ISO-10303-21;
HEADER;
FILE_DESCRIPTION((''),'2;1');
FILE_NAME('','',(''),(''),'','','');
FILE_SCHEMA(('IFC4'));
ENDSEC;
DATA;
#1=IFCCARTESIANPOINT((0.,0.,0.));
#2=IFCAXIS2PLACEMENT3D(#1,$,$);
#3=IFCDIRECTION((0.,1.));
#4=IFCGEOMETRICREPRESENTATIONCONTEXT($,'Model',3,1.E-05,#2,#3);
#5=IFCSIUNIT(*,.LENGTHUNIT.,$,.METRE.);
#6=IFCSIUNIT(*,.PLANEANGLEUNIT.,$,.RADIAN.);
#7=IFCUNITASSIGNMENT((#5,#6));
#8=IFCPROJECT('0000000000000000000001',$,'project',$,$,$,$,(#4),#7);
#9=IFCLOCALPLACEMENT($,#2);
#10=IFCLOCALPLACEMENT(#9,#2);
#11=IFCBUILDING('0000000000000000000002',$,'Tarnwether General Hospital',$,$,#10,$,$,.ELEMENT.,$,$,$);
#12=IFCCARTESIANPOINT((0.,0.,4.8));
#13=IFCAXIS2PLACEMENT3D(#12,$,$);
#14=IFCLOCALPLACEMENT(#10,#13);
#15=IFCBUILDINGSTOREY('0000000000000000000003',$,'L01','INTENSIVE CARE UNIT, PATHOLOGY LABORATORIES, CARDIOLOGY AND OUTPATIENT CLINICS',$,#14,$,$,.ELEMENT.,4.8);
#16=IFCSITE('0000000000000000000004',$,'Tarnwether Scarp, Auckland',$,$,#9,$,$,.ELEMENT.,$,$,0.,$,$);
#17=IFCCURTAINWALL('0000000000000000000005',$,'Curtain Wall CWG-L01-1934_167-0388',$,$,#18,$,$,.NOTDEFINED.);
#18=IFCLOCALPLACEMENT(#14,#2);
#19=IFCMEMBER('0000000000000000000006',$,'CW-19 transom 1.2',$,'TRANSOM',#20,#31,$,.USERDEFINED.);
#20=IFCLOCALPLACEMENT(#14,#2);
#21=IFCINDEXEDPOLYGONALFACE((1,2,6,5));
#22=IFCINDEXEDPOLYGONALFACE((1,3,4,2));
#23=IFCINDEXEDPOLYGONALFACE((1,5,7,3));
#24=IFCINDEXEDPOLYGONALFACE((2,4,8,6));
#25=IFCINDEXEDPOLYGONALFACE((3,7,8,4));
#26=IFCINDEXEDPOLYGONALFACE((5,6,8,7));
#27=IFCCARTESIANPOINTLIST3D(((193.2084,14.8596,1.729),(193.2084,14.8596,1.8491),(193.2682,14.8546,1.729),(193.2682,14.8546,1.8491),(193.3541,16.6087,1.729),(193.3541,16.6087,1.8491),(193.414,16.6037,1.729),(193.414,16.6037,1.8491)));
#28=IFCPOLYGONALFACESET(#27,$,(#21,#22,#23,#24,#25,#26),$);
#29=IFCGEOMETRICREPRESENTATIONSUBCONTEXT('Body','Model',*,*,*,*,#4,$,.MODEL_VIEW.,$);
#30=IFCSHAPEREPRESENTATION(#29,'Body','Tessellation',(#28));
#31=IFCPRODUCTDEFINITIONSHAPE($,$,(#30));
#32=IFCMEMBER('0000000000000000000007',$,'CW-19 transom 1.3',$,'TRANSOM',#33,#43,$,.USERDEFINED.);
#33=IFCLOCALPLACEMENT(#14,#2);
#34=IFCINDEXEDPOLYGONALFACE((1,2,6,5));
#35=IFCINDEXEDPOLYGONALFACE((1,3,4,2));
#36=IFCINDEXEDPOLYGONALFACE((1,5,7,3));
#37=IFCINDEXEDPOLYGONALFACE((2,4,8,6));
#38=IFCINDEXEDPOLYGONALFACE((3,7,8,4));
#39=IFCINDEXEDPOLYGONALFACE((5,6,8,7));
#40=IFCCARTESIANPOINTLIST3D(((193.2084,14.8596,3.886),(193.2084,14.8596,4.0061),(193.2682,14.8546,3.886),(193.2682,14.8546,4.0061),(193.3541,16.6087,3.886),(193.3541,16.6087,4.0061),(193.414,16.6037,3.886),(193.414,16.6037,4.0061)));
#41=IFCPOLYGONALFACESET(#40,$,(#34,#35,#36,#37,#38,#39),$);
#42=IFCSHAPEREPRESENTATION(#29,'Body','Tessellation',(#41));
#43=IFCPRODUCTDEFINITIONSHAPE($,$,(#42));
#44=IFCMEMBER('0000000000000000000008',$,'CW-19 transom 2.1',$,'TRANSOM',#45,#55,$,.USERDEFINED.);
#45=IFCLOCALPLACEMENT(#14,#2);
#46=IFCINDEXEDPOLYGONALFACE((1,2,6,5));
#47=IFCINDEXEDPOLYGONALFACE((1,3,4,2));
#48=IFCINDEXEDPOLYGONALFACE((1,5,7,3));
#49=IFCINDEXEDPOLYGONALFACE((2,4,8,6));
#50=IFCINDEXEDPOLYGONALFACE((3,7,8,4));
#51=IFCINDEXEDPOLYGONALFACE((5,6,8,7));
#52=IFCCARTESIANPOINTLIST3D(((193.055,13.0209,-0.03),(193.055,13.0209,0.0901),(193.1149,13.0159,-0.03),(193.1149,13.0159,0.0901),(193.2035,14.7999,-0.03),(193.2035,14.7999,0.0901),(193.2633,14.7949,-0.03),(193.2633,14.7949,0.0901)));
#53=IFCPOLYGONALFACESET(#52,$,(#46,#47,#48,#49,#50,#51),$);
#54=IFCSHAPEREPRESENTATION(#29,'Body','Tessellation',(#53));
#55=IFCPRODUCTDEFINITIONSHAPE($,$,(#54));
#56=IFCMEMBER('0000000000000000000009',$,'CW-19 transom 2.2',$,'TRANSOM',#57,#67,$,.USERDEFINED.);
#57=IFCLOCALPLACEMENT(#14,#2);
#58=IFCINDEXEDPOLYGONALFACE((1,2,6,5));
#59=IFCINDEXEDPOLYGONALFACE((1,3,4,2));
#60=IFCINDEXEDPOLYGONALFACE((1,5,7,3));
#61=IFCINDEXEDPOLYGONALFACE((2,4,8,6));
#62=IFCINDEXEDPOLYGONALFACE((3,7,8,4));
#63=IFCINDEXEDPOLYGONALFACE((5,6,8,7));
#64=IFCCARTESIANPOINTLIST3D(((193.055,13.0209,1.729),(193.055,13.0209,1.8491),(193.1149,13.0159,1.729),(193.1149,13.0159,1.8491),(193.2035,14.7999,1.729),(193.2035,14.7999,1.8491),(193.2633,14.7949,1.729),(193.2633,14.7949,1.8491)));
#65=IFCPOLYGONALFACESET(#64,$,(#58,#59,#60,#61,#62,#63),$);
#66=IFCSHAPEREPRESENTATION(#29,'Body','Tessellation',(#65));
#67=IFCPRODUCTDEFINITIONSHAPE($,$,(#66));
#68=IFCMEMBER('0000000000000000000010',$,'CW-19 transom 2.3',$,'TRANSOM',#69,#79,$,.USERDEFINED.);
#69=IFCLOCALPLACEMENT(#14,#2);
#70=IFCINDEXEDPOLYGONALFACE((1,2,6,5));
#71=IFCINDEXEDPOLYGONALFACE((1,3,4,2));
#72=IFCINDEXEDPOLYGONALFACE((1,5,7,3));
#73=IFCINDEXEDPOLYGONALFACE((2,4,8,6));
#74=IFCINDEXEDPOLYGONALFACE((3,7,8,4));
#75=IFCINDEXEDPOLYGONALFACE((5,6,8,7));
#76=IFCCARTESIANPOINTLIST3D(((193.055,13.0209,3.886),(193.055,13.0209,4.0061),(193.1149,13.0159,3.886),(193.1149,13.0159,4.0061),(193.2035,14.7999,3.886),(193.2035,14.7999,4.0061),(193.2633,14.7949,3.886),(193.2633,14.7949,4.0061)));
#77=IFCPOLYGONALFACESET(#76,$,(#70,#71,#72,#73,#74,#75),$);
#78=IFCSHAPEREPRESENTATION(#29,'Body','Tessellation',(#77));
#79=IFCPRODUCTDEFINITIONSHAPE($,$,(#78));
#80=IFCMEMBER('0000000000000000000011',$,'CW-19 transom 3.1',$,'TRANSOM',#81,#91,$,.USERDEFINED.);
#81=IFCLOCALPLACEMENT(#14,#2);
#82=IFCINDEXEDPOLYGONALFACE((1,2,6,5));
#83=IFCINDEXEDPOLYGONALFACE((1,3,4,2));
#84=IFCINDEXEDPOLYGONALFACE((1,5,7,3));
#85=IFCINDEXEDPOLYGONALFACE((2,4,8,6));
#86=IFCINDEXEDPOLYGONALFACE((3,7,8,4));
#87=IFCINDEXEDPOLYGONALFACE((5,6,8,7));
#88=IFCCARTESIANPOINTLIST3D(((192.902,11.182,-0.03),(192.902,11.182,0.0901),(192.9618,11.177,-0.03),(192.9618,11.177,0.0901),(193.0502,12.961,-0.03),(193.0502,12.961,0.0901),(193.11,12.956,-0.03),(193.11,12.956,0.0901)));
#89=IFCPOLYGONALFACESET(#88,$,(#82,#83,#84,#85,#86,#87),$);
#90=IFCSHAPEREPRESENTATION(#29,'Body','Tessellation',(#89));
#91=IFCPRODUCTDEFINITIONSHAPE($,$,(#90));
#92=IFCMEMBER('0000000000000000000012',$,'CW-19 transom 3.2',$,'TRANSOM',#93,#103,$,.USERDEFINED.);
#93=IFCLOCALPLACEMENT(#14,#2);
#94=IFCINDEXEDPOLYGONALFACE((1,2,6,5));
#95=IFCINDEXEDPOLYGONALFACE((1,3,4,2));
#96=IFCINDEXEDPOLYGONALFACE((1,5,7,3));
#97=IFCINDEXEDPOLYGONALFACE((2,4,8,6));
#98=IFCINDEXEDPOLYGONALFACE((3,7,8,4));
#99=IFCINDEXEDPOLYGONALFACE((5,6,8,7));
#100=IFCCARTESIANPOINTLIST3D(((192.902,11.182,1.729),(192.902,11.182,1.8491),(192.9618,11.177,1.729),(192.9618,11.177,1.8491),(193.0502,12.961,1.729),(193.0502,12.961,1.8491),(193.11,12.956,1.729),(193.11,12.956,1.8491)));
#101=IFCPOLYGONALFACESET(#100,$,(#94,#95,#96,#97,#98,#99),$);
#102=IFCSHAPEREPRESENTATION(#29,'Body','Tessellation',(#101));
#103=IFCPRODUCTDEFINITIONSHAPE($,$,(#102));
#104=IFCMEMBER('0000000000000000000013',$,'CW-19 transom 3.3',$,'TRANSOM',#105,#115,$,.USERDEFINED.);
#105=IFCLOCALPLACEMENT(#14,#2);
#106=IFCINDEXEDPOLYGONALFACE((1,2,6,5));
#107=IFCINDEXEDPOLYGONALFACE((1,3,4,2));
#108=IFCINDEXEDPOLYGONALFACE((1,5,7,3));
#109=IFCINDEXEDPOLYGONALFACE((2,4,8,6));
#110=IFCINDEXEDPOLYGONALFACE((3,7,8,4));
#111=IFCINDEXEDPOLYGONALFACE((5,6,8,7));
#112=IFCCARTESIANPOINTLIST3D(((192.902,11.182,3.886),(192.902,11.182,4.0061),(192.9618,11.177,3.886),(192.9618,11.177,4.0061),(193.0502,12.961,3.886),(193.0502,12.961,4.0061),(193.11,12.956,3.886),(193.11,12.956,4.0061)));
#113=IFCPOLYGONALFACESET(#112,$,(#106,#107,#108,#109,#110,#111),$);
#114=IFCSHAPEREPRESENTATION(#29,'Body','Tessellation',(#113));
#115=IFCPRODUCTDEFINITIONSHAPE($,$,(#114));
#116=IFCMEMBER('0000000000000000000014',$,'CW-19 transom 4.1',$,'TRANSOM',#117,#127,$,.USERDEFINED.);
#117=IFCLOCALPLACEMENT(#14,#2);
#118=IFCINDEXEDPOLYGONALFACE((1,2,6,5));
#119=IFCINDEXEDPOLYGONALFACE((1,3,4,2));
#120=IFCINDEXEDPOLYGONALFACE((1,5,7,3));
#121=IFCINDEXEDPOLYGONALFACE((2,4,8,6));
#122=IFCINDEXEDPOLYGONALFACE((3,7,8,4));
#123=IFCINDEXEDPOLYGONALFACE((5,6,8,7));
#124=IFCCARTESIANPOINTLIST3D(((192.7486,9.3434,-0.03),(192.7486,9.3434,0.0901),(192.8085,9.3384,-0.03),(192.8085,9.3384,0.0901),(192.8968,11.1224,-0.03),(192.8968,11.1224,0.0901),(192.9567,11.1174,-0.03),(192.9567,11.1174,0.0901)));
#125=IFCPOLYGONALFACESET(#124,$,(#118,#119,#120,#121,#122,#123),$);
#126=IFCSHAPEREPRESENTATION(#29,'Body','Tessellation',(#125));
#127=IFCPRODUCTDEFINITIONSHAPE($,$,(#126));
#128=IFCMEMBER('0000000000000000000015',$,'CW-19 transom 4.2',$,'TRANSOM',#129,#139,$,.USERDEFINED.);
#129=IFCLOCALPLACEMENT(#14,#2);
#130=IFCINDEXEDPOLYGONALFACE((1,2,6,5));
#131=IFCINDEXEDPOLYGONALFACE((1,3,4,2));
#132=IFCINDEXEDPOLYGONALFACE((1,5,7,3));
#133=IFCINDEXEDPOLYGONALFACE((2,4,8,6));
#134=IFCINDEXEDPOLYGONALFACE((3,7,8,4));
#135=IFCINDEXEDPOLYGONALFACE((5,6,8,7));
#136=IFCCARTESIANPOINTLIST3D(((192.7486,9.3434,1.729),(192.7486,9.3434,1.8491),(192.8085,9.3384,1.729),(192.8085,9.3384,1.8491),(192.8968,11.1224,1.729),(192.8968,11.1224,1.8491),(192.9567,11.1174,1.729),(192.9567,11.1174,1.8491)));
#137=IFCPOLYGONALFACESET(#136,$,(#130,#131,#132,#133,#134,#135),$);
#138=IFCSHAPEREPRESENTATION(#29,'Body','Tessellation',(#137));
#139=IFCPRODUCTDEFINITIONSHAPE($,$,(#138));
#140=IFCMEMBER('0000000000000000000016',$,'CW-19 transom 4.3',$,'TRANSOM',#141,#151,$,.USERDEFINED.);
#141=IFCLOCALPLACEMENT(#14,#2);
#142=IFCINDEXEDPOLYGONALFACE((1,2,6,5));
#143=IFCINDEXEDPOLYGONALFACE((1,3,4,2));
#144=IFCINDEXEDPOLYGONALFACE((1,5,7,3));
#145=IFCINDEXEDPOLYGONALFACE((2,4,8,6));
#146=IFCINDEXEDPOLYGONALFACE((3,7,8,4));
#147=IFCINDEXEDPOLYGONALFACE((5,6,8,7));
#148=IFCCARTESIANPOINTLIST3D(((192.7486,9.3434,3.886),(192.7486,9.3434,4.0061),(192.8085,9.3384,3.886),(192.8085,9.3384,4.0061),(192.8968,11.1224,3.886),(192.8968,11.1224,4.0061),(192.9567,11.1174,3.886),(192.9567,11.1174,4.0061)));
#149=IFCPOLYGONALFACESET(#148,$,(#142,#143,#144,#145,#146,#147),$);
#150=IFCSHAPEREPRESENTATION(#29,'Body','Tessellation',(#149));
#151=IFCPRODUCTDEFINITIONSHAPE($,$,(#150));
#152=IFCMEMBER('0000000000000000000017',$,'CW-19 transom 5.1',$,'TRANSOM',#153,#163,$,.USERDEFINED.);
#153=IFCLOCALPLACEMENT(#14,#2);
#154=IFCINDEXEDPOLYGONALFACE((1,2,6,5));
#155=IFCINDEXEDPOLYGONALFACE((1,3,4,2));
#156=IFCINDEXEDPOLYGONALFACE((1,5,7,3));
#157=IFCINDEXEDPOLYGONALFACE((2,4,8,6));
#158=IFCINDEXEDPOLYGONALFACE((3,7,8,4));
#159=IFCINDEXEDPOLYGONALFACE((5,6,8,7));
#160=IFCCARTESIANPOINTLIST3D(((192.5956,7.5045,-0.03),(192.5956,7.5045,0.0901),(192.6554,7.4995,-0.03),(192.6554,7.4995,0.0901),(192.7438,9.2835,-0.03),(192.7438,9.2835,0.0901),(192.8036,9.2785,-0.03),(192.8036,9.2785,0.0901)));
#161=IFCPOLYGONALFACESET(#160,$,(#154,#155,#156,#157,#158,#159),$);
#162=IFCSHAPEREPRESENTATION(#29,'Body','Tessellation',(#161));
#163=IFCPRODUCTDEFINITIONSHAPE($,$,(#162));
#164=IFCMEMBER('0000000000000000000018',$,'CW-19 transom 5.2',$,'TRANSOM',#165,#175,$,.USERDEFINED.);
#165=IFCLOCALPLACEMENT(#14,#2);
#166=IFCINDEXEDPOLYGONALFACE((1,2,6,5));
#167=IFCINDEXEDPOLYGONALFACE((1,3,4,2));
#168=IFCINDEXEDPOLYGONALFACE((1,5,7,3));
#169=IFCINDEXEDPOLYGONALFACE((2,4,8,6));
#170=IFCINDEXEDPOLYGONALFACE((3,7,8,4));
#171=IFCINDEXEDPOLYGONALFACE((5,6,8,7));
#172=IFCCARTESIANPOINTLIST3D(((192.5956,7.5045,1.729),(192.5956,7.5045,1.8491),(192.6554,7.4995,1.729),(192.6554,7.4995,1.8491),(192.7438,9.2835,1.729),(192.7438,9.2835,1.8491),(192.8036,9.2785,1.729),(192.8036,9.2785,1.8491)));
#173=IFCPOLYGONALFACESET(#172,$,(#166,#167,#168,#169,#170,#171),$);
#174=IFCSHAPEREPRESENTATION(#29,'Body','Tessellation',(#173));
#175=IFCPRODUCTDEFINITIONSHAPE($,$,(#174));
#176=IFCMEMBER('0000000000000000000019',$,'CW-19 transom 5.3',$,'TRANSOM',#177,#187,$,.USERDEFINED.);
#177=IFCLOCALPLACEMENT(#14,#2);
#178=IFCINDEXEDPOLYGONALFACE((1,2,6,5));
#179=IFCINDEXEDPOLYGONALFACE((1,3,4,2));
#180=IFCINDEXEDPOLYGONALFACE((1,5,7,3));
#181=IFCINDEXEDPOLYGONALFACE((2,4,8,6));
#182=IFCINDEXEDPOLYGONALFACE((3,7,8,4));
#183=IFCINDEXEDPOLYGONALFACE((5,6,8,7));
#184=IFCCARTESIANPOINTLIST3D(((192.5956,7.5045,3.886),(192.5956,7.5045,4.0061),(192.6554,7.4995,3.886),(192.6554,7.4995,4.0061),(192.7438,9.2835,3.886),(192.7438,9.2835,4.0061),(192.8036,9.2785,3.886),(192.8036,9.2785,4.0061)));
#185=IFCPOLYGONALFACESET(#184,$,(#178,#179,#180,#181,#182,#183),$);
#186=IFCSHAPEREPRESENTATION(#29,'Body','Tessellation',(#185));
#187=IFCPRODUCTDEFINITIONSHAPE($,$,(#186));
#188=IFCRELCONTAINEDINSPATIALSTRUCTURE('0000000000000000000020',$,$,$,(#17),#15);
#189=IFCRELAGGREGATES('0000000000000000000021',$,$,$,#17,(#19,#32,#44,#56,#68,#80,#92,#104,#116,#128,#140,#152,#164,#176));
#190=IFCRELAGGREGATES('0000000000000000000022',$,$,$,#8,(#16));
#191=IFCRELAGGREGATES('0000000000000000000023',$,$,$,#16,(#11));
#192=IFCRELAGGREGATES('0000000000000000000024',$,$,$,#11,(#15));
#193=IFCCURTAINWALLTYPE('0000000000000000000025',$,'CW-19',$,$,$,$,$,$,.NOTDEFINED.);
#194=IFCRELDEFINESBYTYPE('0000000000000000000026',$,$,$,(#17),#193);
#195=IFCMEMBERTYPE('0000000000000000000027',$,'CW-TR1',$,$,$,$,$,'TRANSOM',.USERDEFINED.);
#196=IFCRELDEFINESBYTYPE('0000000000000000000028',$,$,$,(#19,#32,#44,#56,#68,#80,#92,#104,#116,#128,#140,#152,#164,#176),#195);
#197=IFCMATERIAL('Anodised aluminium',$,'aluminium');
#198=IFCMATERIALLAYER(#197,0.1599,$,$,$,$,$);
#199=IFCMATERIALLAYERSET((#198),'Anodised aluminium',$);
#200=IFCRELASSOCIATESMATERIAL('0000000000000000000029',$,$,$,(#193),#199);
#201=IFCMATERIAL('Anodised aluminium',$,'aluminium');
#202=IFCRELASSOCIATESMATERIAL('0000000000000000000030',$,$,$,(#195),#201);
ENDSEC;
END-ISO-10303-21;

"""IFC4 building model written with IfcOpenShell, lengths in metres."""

from ifc_helpers import new_model, si_unit, direction, frame, origin, origin_2d, place, context, subcontext, project, spatial, rectangle, extrude, material, layer, layer_set, material_profile, profile_set, type_object, element, aggregate, save


model = new_model("IFC4")

# Units and contexts
model_context = context("Model", 3, precision=1e-05, world=origin(), true_north=direction((0.0, 1.0)))
body_context = subcontext(model_context, "Body", "Model", "MODEL_VIEW")
ifc_project = project(units=[si_unit("LENGTHUNIT", "METRE"), si_unit("PLANEANGLEUNIT", "RADIAN")], contexts=[model_context])

# Site, building, storey
site_placement = place(None, origin())
site = spatial("IfcSite", under=ifc_project, at=site_placement, Name="Tarnwether Scarp, Auckland", CompositionType="ELEMENT", RefElevation=0.0)
building_placement = place(site_placement, origin())
building = spatial("IfcBuilding", under=site, at=building_placement, Name="Tarnwether General Hospital", CompositionType="ELEMENT")
storey_placement = place(building_placement, frame((0.0, 0.0, 4.8)))
storey = spatial("IfcBuildingStorey", under=building, at=storey_placement, Name="L01", Description="INTENSIVE CARE UNIT, PATHOLOGY LABORATORIES, CARDIOLOGY AND OUTPATIENT CLINICS", CompositionType="ELEMENT", Elevation=4.8)

# Curtain wall
ifc_material_1 = material(Name="Anodised aluminium", Category="aluminium")
ifc_layer_1 = layer(ifc_material_1, 0.1599)
ifc_layer_set_1 = layer_set([ifc_layer_1], Name="Anodised aluminium")
curtain_wall_type_1 = type_object("IfcCurtainWallType", Name="CW-19", PredefinedType="NOTDEFINED", material=ifc_layer_set_1)
curtain_wall_1_placement = place(storey_placement, origin())
curtain_wall_1 = element("IfcCurtainWall", 1, at=curtain_wall_1_placement, inside=storey, type_object=curtain_wall_type_1, Name="Curtain Wall CWG-L01-1934_167-0388", PredefinedType="NOTDEFINED")

# Members
ifc_material_2 = material(Name="Anodised aluminium", Category="aluminium")
ifc_material_profile_1 = material_profile(ifc_material_2, rectangle(XDim=0.0601, YDim=0.1201, at=origin_2d()), Name="ALU-TRN-60x120")
ifc_profile_set_1 = profile_set([ifc_material_profile_1], Name="Anodised aluminium")
member_type_1 = type_object("IfcMemberType", Name="CW-TR1", ElementType="TRANSOM", PredefinedType="USERDEFINED", material=ifc_profile_set_1)
member_1_placement = place(storey_placement, frame((193.384, 16.6062, 1.7891), z_axis=(-0.083045, -0.996546, 0.0), x_axis=(0.996546, -0.083045, 0.0)))
member_1 = element("IfcMember", 2, at=member_1_placement, type_object=member_type_1, Name="CW-19 transom 1.2", ObjectType="TRANSOM", PredefinedType="USERDEFINED", context=body_context, shape_type="SweptSolid", body=[
    extrude(rectangle(XDim=0.0601, YDim=0.1201, at=origin_2d()), origin(), (0.0, 0.0, 1.0), 1.7551),
])
member_2_placement = place(storey_placement, frame((193.384, 16.6062, 3.946), z_axis=(-0.083045, -0.996546, 0.0), x_axis=(0.996546, -0.083045, 0.0)))
member_2 = element("IfcMember", 3, at=member_2_placement, type_object=member_type_1, Name="CW-19 transom 1.3", ObjectType="TRANSOM", PredefinedType="USERDEFINED", context=body_context, shape_type="SweptSolid", body=[
    extrude(rectangle(XDim=0.0601, YDim=0.1201, at=origin_2d()), origin(), (0.0, 0.0, 1.0), 1.7551),
])
member_3_placement = place(storey_placement, frame((193.2334, 14.7974, 0.03), z_axis=(-0.083147, -0.996537, 0.0), x_axis=(0.996537, -0.083147, 0.0)))
member_3 = element("IfcMember", 4, at=member_3_placement, type_object=member_type_1, Name="CW-19 transom 2.1", ObjectType="TRANSOM", PredefinedType="USERDEFINED", context=body_context, shape_type="SweptSolid", body=[
    extrude(rectangle(XDim=0.0601, YDim=0.1201, at=origin_2d()), origin(), (0.0, 0.0, 1.0), 1.7852),
])
member_4_placement = place(storey_placement, frame((193.2334, 14.7974, 1.7891), z_axis=(-0.083147, -0.996537, 0.0), x_axis=(0.996537, -0.083147, 0.0)))
member_4 = element("IfcMember", 5, at=member_4_placement, type_object=member_type_1, Name="CW-19 transom 2.2", ObjectType="TRANSOM", PredefinedType="USERDEFINED", context=body_context, shape_type="SweptSolid", body=[
    extrude(rectangle(XDim=0.0601, YDim=0.1201, at=origin_2d()), origin(), (0.0, 0.0, 1.0), 1.7852),
])
member_5_placement = place(storey_placement, frame((193.2334, 14.7974, 3.946), z_axis=(-0.083147, -0.996537, 0.0), x_axis=(0.996537, -0.083147, 0.0)))
member_5 = element("IfcMember", 6, at=member_5_placement, type_object=member_type_1, Name="CW-19 transom 2.3", ObjectType="TRANSOM", PredefinedType="USERDEFINED", context=body_context, shape_type="SweptSolid", body=[
    extrude(rectangle(XDim=0.0601, YDim=0.1201, at=origin_2d()), origin(), (0.0, 0.0, 1.0), 1.7852),
])
member_6_placement = place(storey_placement, frame((193.0801, 12.9585, 0.03), z_axis=(-0.083012, -0.996549, 0.0), x_axis=(0.996549, -0.083012, 0.0)))
member_6 = element("IfcMember", 7, at=member_6_placement, type_object=member_type_1, Name="CW-19 transom 3.1", ObjectType="TRANSOM", PredefinedType="USERDEFINED", context=body_context, shape_type="SweptSolid", body=[
    extrude(rectangle(XDim=0.0601, YDim=0.1201, at=origin_2d()), origin(), (0.0, 0.0, 1.0), 1.7852),
])
member_7_placement = place(storey_placement, frame((193.0801, 12.9585, 1.7891), z_axis=(-0.083012, -0.996549, 0.0), x_axis=(0.996549, -0.083012, 0.0)))
member_7 = element("IfcMember", 8, at=member_7_placement, type_object=member_type_1, Name="CW-19 transom 3.2", ObjectType="TRANSOM", PredefinedType="USERDEFINED", context=body_context, shape_type="SweptSolid", body=[
    extrude(rectangle(XDim=0.0601, YDim=0.1201, at=origin_2d()), origin(), (0.0, 0.0, 1.0), 1.7852),
])
member_8_placement = place(storey_placement, frame((193.0801, 12.9585, 3.946), z_axis=(-0.083012, -0.996549, 0.0), x_axis=(0.996549, -0.083012, 0.0)))
member_8 = element("IfcMember", 9, at=member_8_placement, type_object=member_type_1, Name="CW-19 transom 3.3", ObjectType="TRANSOM", PredefinedType="USERDEFINED", context=body_context, shape_type="SweptSolid", body=[
    extrude(rectangle(XDim=0.0601, YDim=0.1201, at=origin_2d()), origin(), (0.0, 0.0, 1.0), 1.7852),
])
member_9_placement = place(storey_placement, frame((192.9268, 11.1199, 0.03), z_axis=(-0.083012, -0.996549, 0.0), x_axis=(0.996549, -0.083012, 0.0)))
member_9 = element("IfcMember", 10, at=member_9_placement, type_object=member_type_1, Name="CW-19 transom 4.1", ObjectType="TRANSOM", PredefinedType="USERDEFINED", context=body_context, shape_type="SweptSolid", body=[
    extrude(rectangle(XDim=0.0601, YDim=0.1201, at=origin_2d()), origin(), (0.0, 0.0, 1.0), 1.7852),
])
member_10_placement = place(storey_placement, frame((192.9268, 11.1199, 1.7891), z_axis=(-0.083012, -0.996549, 0.0), x_axis=(0.996549, -0.083012, 0.0)))
member_10 = element("IfcMember", 11, at=member_10_placement, type_object=member_type_1, Name="CW-19 transom 4.2", ObjectType="TRANSOM", PredefinedType="USERDEFINED", context=body_context, shape_type="SweptSolid", body=[
    extrude(rectangle(XDim=0.0601, YDim=0.1201, at=origin_2d()), origin(), (0.0, 0.0, 1.0), 1.7852),
])
member_11_placement = place(storey_placement, frame((192.9268, 11.1199, 3.946), z_axis=(-0.083012, -0.996549, 0.0), x_axis=(0.996549, -0.083012, 0.0)))
member_11 = element("IfcMember", 12, at=member_11_placement, type_object=member_type_1, Name="CW-19 transom 4.3", ObjectType="TRANSOM", PredefinedType="USERDEFINED", context=body_context, shape_type="SweptSolid", body=[
    extrude(rectangle(XDim=0.0601, YDim=0.1201, at=origin_2d()), origin(), (0.0, 0.0, 1.0), 1.7852),
])
member_12_placement = place(storey_placement, frame((192.7737, 9.281, 0.03), z_axis=(-0.083012, -0.996549, 0.0), x_axis=(0.996549, -0.083012, 0.0)))
member_12 = element("IfcMember", 13, at=member_12_placement, type_object=member_type_1, Name="CW-19 transom 5.1", ObjectType="TRANSOM", PredefinedType="USERDEFINED", context=body_context, shape_type="SweptSolid", body=[
    extrude(rectangle(XDim=0.0601, YDim=0.1201, at=origin_2d()), origin(), (0.0, 0.0, 1.0), 1.7852),
])
member_13_placement = place(storey_placement, frame((192.7737, 9.281, 1.7891), z_axis=(-0.083012, -0.996549, 0.0), x_axis=(0.996549, -0.083012, 0.0)))
member_13 = element("IfcMember", 14, at=member_13_placement, type_object=member_type_1, Name="CW-19 transom 5.2", ObjectType="TRANSOM", PredefinedType="USERDEFINED", context=body_context, shape_type="SweptSolid", body=[
    extrude(rectangle(XDim=0.0601, YDim=0.1201, at=origin_2d()), origin(), (0.0, 0.0, 1.0), 1.7852),
])
member_14_placement = place(storey_placement, frame((192.7737, 9.281, 3.946), z_axis=(-0.083012, -0.996549, 0.0), x_axis=(0.996549, -0.083012, 0.0)))
member_14 = element("IfcMember", 15, at=member_14_placement, type_object=member_type_1, Name="CW-19 transom 5.3", ObjectType="TRANSOM", PredefinedType="USERDEFINED", context=body_context, shape_type="SweptSolid", body=[
    extrude(rectangle(XDim=0.0601, YDim=0.1201, at=origin_2d()), origin(), (0.0, 0.0, 1.0), 1.7852),
])

aggregate(curtain_wall_1, [member_1, member_2, member_3, member_4, member_5, member_6, member_7, member_8, member_9, member_10, member_11, member_12, member_13, member_14])

save(model, "model.ifc")
